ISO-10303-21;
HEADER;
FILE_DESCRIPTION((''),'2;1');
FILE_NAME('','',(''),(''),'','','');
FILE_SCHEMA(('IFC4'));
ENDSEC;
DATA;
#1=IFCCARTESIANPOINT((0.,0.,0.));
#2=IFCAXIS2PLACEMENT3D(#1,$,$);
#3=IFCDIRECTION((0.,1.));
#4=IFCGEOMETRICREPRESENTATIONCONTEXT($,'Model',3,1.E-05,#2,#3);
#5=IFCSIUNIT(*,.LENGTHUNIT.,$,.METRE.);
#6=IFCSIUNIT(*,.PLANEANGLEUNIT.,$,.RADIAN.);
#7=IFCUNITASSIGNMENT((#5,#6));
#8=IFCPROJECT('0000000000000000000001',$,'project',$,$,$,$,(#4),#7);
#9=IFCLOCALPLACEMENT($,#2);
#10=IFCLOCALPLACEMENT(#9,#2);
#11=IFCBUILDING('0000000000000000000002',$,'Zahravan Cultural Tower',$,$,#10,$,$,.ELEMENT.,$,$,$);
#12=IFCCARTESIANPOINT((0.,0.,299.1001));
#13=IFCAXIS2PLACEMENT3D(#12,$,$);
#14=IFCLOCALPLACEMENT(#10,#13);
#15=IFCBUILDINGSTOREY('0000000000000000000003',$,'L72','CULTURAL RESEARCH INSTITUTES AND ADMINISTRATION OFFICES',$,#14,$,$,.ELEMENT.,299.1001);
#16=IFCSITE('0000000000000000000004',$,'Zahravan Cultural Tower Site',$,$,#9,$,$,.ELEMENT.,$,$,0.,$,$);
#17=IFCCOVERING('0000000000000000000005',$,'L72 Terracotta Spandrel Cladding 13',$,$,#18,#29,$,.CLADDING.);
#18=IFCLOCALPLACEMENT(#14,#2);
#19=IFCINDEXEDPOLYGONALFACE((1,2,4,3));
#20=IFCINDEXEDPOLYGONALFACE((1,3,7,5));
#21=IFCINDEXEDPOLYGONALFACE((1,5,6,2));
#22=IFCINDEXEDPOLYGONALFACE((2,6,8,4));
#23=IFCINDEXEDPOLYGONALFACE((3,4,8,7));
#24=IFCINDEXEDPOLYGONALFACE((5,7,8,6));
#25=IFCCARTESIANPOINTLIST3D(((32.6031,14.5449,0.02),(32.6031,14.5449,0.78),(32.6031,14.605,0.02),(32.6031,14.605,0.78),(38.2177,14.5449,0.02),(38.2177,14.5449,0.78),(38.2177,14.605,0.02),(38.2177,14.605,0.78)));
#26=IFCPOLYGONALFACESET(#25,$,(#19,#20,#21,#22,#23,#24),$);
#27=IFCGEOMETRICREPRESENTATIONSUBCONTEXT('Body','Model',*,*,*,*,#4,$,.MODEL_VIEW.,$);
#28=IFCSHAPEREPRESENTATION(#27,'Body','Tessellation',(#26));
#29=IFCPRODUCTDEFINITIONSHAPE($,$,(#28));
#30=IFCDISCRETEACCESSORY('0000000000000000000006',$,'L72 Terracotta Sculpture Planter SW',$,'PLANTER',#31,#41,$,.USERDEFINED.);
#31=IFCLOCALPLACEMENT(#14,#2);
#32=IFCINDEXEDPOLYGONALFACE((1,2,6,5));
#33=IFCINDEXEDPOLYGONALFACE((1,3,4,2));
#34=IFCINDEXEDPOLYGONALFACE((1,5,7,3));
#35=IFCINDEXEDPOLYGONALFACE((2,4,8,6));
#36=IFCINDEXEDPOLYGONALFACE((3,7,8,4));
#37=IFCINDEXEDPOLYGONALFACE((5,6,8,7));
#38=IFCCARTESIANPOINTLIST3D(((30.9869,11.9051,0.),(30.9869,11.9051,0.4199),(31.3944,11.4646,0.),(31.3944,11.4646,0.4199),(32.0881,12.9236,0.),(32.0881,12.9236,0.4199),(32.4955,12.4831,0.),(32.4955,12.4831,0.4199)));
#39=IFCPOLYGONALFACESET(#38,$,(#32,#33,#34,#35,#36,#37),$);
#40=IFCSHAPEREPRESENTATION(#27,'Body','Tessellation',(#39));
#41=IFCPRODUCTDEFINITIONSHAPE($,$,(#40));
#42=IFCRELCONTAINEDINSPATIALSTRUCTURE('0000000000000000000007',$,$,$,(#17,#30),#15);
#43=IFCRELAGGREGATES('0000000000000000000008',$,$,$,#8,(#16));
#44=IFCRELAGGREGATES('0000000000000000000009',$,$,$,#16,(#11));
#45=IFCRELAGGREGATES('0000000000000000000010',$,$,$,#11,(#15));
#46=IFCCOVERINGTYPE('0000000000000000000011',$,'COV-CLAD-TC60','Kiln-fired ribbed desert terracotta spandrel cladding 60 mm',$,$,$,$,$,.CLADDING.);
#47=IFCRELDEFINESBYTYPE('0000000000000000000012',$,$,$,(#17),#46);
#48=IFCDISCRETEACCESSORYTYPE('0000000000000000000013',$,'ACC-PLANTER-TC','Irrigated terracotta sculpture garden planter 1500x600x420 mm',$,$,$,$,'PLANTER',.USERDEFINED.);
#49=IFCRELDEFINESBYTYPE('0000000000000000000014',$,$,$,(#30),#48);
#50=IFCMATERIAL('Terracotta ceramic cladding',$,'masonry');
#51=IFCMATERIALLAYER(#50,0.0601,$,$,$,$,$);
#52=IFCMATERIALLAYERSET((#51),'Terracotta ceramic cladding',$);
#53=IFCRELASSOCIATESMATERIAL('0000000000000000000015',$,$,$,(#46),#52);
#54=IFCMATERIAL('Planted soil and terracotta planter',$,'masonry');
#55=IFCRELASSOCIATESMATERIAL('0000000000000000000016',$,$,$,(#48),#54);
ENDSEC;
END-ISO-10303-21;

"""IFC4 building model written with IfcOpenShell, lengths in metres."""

from ifc_helpers import new_model, si_unit, direction, frame, origin, origin_2d, place, context, subcontext, project, spatial, rectangle, extrude, source, transform, mapped, material, layer, layer_set, type_object, element, save


model = new_model("IFC4")

# Units and contexts
model_context = context("Model", 3, precision=1e-05, world=origin(), true_north=direction((0.0, 1.0)))
body_context = subcontext(model_context, "Body", "Model", "MODEL_VIEW")
ifc_project = project(units=[si_unit("LENGTHUNIT", "METRE"), si_unit("PLANEANGLEUNIT", "RADIAN")], contexts=[model_context])

# Site, building, storey
site_placement = place(None, origin())
site = spatial("IfcSite", under=ifc_project, at=site_placement, Name="Zahravan Cultural Tower Site", CompositionType="ELEMENT", RefElevation=0.0)
building_placement = place(site_placement, origin())
building = spatial("IfcBuilding", under=site, at=building_placement, Name="Zahravan Cultural Tower", CompositionType="ELEMENT")
storey_placement = place(building_placement, frame((0.0, 0.0, 299.1001)))
storey = spatial("IfcBuildingStorey", under=building, at=storey_placement, Name="L72", Description="CULTURAL RESEARCH INSTITUTES AND ADMINISTRATION OFFICES", CompositionType="ELEMENT", Elevation=299.1001)

# Covering
ifc_material_1 = material(Name="Terracotta ceramic cladding", Category="masonry")
ifc_layer_1 = layer(ifc_material_1, 0.0601)
ifc_layer_set_1 = layer_set([ifc_layer_1], Name="Terracotta ceramic cladding")
covering_type = type_object("IfcCoveringType", Name="COV-CLAD-TC60", Description="Kiln-fired ribbed desert terracotta spandrel cladding 60 mm", PredefinedType="CLADDING", material=ifc_layer_set_1)
shared_shape_1 = source(origin(), body_context, "Body", "SweptSolid", [
    extrude(rectangle(XDim=5.6145, YDim=0.0601, at=origin_2d()), origin(), (0.0, 0.0, 1.0), 0.76),
])
covering_1_placement = place(storey_placement, frame((35.4104, 14.575, 0.02), z_axis=(0.0, 0.0, 1.0), x_axis=(-1.0, 0.0, 0.0)))
element("IfcCovering", 1, at=covering_1_placement, inside=storey, type_object=covering_type, Name="L72 Terracotta Spandrel Cladding 13", PredefinedType="CLADDING", context=body_context, shape_type="MappedRepresentation", body=[
    mapped(shared_shape_1, transform((0.0, 0.0, 0.0), x_axis=(1.0, 0.0, 0.0), y_axis=(0.0, 1.0, 0.0), z_axis=(0.0, 0.0, 1.0), scale=1.0)),
])

# Discrete accessory
ifc_material_2 = material(Name="Planted soil and terracotta planter", Category="masonry")
discrete_accessory_type = type_object("IfcDiscreteAccessoryType", Name="ACC-PLANTER-TC", Description="Irrigated terracotta sculpture garden planter 1500x600x420 mm", ElementType="PLANTER", PredefinedType="USERDEFINED", material=ifc_material_2)
shared_shape_2 = source(origin(), body_context, "Body", "SweptSolid", [
    extrude(rectangle(XDim=1.5, YDim=0.6001, at=origin_2d()), origin(), (0.0, 0.0, 1.0), 0.4199),
])
discrete_accessory_placement = place(storey_placement, frame((31.7412, 12.1941, 0.0), z_axis=(0.0, 0.0, 1.0), x_axis=(0.734125, 0.679015, 0.0)))
element("IfcDiscreteAccessory", 2, at=discrete_accessory_placement, inside=storey, type_object=discrete_accessory_type, Name="L72 Terracotta Sculpture Planter SW", ObjectType="PLANTER", PredefinedType="USERDEFINED", context=body_context, shape_type="MappedRepresentation", body=[
    mapped(shared_shape_2, transform((0.0, 0.0, 0.0), x_axis=(1.0, 0.0, 0.0), y_axis=(0.0, 1.0, 0.0), z_axis=(0.0, 0.0, 1.0), scale=1.0)),
])

save(model, "model.ifc")
